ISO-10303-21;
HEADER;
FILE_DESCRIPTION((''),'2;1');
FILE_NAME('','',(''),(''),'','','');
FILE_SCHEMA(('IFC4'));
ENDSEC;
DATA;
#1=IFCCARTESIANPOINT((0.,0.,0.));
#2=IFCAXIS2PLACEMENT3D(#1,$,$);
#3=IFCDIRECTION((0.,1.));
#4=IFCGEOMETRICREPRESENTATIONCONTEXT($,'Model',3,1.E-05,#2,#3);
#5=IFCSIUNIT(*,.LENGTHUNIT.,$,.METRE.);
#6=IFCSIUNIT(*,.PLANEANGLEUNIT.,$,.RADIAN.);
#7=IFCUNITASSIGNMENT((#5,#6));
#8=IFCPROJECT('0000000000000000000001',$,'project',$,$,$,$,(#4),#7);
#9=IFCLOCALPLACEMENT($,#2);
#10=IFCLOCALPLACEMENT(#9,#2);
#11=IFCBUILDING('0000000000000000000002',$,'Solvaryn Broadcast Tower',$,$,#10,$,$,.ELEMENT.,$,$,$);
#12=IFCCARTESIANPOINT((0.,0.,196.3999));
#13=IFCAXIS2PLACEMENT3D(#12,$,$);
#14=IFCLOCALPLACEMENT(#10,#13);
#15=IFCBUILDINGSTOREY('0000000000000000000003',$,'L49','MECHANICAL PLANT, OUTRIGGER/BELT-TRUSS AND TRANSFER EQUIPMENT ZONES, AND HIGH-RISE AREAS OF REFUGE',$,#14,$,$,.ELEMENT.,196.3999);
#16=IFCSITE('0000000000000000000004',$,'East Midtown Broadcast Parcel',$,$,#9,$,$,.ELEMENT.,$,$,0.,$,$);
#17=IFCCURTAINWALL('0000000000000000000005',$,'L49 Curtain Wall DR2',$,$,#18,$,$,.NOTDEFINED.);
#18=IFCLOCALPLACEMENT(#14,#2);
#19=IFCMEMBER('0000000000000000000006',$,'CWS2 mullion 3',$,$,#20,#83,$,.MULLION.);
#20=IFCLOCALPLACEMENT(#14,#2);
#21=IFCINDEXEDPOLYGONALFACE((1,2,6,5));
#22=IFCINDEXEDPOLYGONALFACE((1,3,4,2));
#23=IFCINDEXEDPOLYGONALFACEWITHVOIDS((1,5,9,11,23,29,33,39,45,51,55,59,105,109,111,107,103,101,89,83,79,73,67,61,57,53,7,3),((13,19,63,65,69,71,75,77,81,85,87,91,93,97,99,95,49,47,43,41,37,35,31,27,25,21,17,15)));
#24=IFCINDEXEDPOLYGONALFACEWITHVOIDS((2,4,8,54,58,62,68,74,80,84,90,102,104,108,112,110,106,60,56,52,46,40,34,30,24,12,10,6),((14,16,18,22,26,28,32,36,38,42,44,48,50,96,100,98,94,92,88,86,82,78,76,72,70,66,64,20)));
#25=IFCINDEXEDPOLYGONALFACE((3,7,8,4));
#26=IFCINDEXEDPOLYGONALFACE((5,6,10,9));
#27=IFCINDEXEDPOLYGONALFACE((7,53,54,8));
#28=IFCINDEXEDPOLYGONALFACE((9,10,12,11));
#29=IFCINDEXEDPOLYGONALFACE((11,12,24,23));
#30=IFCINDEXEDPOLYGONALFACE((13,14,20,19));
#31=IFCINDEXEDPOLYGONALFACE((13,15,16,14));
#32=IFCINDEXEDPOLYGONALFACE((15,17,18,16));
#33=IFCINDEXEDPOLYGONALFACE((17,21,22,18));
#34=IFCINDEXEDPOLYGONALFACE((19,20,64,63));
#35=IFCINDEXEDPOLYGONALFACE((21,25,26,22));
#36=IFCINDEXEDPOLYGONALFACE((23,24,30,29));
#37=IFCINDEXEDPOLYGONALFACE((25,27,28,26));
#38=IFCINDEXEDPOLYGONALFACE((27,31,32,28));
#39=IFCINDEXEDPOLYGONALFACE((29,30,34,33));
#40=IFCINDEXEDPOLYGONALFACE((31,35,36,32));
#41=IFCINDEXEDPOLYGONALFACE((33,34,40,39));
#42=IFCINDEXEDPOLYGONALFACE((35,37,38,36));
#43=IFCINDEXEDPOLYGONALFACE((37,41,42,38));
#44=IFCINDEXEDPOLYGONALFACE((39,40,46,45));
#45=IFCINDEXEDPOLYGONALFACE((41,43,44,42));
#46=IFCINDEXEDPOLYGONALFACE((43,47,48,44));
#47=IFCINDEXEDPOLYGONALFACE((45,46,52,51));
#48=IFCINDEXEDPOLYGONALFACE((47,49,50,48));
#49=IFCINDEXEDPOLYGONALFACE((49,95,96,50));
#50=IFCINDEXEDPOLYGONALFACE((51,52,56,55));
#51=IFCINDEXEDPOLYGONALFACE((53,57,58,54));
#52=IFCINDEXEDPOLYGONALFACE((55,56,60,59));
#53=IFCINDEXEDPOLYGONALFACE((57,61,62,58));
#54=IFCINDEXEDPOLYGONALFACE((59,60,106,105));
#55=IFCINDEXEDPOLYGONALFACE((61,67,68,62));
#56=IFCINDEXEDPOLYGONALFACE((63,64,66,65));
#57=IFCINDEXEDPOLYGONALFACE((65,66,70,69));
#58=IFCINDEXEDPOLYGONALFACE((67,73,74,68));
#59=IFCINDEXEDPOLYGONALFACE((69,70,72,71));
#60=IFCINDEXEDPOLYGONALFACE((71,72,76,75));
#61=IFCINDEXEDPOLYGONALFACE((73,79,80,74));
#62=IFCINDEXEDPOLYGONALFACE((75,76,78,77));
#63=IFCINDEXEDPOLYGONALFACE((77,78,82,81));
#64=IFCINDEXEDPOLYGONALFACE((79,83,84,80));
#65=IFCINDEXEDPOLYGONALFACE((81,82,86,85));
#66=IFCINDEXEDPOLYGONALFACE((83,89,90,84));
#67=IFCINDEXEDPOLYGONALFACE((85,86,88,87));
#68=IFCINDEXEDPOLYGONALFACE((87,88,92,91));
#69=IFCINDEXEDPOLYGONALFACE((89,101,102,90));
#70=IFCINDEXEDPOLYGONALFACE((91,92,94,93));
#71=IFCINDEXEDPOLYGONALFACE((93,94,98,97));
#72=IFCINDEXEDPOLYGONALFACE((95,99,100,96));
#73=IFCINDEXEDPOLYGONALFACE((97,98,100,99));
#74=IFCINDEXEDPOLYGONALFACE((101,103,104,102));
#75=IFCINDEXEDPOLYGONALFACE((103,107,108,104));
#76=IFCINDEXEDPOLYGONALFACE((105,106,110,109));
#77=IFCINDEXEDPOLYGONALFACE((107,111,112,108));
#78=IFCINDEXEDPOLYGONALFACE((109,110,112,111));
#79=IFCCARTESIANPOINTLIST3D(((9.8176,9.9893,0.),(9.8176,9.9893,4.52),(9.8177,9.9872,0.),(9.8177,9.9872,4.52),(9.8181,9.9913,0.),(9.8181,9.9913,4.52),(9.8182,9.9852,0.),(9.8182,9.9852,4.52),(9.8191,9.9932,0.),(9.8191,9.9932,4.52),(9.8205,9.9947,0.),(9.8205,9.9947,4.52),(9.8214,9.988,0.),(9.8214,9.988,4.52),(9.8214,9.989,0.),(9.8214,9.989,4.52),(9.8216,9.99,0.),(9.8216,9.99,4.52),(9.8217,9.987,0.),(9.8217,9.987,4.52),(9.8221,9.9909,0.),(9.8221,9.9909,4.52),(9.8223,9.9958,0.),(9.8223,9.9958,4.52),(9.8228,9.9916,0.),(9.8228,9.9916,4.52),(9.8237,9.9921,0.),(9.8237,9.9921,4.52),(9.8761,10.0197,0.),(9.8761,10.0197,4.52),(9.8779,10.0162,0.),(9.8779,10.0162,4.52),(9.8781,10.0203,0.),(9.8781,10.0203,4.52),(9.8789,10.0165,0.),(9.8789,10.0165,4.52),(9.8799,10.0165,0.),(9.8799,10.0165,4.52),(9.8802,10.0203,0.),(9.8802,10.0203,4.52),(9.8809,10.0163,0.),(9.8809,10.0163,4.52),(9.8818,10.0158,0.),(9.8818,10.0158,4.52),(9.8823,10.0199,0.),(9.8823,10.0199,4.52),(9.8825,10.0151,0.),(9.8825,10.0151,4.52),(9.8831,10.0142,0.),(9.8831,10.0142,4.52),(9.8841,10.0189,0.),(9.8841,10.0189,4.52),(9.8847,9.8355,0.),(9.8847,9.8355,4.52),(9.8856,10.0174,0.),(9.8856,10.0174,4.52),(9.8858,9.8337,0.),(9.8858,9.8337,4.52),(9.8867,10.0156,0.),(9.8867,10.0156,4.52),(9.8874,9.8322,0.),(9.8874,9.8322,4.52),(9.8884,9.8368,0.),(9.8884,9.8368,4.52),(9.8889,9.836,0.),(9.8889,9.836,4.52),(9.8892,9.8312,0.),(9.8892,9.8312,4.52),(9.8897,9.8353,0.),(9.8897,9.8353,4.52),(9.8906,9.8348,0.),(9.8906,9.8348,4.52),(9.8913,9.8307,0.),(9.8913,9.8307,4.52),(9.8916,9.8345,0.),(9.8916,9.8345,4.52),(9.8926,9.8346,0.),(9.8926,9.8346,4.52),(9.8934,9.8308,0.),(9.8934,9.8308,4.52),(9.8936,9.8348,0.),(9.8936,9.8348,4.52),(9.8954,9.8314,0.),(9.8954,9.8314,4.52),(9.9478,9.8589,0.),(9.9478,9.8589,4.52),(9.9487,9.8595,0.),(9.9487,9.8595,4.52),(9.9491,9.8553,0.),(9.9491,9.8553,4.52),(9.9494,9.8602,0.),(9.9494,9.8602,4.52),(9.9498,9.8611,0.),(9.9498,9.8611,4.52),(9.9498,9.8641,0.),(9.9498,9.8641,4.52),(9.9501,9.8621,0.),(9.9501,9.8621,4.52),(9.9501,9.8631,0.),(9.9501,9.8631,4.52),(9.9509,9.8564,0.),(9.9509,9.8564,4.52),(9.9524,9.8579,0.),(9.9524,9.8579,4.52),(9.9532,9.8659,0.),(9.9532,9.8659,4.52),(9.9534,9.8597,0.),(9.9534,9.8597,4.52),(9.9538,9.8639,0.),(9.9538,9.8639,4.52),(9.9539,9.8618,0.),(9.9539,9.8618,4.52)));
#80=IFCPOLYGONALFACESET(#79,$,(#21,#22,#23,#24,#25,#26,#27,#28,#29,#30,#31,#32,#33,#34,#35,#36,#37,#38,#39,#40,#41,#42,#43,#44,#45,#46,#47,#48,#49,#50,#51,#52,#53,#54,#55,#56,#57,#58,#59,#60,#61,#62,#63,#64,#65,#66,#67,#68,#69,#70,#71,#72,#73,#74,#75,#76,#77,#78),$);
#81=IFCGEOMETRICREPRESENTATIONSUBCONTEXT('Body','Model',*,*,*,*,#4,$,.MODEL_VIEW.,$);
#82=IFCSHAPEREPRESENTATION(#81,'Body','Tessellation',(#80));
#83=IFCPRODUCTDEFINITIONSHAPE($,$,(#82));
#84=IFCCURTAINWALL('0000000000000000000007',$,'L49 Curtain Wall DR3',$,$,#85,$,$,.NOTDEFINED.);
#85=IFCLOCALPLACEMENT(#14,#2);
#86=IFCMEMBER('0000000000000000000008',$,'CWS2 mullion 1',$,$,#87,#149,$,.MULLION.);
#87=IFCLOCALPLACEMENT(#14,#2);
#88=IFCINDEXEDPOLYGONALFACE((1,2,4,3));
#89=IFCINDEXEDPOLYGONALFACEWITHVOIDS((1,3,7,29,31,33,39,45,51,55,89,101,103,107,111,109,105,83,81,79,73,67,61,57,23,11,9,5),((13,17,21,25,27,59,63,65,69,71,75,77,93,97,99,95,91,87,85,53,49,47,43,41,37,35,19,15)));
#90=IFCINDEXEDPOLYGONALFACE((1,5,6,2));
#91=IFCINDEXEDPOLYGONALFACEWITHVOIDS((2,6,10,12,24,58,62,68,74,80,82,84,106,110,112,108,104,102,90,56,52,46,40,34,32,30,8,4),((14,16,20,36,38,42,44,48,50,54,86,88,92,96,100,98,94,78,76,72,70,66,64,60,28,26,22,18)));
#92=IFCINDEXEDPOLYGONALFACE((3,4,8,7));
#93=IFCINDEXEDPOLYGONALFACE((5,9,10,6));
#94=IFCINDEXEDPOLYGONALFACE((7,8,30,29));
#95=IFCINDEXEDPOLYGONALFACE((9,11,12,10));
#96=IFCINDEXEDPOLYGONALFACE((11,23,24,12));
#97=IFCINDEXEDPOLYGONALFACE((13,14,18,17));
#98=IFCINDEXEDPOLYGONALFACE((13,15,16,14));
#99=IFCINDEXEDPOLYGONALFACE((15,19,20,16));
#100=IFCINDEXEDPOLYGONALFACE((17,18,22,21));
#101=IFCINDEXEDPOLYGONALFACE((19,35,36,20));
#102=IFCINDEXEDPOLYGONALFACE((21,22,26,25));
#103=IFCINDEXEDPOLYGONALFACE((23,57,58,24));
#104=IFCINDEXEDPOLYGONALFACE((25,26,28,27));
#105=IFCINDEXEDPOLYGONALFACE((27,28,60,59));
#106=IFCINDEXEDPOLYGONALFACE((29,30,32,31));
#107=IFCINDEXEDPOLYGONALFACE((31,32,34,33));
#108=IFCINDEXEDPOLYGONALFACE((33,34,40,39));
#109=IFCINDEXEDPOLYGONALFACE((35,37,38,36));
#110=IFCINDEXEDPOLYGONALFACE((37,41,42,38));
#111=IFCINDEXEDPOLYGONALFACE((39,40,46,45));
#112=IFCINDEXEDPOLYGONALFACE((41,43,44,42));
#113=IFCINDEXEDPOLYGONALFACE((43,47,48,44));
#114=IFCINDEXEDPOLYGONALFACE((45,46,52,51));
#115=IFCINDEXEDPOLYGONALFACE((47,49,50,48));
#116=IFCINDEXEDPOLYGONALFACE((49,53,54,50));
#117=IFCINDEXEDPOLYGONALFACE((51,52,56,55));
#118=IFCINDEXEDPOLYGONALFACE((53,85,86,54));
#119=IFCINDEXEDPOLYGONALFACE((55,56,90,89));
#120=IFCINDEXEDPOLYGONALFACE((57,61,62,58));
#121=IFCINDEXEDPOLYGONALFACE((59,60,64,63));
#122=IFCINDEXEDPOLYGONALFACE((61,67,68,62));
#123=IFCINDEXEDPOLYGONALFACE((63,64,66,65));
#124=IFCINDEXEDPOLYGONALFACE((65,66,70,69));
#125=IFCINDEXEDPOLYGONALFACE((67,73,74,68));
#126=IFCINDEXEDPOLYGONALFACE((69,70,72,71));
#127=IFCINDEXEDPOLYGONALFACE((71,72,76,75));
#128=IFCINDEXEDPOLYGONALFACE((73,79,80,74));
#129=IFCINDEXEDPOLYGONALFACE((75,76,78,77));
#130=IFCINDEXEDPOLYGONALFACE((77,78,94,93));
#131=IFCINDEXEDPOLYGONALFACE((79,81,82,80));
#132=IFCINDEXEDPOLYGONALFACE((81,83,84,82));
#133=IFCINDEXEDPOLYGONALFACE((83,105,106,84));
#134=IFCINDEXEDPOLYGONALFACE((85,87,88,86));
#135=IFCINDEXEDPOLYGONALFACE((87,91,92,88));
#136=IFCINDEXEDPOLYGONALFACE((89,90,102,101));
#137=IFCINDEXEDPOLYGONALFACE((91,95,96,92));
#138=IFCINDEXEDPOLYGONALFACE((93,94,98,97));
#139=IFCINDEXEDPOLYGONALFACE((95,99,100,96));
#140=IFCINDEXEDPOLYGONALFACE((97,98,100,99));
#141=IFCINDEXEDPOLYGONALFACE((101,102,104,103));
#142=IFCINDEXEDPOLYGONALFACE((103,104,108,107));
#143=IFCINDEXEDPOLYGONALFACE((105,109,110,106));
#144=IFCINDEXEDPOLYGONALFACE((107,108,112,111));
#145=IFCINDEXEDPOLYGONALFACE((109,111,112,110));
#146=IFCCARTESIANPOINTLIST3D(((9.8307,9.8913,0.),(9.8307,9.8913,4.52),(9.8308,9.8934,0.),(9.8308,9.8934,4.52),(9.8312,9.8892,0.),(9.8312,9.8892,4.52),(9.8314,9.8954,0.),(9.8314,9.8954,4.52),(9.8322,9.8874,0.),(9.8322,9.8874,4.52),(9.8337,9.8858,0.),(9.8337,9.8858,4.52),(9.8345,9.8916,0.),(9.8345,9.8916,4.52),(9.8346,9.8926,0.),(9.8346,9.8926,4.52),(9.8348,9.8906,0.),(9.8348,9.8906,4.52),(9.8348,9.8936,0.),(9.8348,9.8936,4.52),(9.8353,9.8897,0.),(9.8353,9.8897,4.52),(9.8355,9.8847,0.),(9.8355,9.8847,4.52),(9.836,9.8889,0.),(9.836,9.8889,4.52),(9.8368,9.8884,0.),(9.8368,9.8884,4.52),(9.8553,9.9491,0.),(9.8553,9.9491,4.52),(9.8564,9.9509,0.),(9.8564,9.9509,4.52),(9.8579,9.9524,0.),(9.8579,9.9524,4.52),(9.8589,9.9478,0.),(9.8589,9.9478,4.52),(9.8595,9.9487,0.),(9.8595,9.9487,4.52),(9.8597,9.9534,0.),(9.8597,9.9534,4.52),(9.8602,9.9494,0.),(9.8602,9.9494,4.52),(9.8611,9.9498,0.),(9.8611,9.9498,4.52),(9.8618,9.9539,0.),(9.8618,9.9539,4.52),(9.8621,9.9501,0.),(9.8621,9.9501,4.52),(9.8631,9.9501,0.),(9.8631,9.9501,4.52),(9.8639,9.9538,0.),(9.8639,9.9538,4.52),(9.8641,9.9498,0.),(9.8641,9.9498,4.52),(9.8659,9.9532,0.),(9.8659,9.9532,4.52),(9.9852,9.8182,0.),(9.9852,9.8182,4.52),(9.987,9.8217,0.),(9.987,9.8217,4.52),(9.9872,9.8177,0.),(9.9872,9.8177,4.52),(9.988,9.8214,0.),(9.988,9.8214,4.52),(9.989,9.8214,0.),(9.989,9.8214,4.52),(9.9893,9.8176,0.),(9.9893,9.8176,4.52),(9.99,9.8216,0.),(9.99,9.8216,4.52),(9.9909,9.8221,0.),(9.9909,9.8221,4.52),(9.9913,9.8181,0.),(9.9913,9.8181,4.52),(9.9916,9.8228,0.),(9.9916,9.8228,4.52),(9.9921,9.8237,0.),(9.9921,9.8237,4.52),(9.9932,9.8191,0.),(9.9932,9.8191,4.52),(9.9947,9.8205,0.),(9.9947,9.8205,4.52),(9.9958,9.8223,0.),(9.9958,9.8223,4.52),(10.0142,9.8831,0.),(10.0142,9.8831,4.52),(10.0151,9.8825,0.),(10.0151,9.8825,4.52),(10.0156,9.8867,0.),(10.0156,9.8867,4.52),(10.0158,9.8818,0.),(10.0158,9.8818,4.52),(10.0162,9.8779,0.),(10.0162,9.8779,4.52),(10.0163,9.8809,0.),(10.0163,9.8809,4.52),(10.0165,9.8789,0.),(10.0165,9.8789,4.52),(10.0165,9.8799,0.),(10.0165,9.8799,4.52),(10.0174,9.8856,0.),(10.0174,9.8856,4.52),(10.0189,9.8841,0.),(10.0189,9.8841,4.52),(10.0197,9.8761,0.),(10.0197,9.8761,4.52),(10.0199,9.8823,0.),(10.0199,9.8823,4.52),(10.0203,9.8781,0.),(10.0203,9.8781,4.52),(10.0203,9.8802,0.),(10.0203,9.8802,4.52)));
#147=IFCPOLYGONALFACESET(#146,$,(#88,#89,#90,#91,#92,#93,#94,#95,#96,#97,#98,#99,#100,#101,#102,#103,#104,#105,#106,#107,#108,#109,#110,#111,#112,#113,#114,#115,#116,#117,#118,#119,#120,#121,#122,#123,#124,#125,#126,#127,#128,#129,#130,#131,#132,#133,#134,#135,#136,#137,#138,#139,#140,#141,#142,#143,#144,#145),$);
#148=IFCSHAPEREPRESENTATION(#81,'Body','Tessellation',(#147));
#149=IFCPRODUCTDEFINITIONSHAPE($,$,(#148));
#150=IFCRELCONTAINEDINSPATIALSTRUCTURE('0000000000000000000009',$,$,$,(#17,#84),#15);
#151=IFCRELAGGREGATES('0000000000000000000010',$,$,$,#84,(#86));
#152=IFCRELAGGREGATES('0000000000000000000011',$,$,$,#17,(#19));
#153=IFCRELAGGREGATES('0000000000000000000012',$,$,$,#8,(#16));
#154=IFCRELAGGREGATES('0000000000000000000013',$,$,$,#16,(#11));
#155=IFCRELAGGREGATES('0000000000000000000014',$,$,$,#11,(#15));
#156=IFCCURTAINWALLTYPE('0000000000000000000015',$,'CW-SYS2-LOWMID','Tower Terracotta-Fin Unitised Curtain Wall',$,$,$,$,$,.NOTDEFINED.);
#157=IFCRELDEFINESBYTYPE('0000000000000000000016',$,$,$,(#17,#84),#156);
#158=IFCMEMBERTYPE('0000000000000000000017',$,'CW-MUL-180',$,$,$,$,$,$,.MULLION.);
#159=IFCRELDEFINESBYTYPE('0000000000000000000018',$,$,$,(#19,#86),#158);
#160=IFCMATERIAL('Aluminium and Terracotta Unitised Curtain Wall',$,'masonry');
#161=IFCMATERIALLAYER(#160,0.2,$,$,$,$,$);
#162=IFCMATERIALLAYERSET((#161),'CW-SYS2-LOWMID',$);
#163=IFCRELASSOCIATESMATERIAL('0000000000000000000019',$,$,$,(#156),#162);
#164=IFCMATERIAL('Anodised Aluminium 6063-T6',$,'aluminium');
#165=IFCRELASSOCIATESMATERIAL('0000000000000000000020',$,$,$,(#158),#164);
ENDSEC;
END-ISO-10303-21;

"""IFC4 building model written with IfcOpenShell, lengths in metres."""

from ifc_helpers import new_model, si_unit, direction, frame, origin, origin_2d, place, context, subcontext, project, spatial, hollow_rectangle, extrude, material, layer, layer_set, material_profile, profile_set, type_object, element, aggregate, save


model = new_model("IFC4")

# Units and contexts
model_context = context("Model", 3, precision=1e-05, world=origin(), true_north=direction((0.0, 1.0)))
body_context = subcontext(model_context, "Body", "Model", "MODEL_VIEW")
ifc_project = project(units=[si_unit("LENGTHUNIT", "METRE"), si_unit("PLANEANGLEUNIT", "RADIAN")], contexts=[model_context])

# Site, building, storey
site_placement = place(None, origin())
site = spatial("IfcSite", under=ifc_project, at=site_placement, Name="East Midtown Broadcast Parcel", CompositionType="ELEMENT", RefElevation=0.0)
building_placement = place(site_placement, origin())
building = spatial("IfcBuilding", under=site, at=building_placement, Name="Solvaryn Broadcast Tower", CompositionType="ELEMENT")
storey_placement = place(building_placement, frame((0.0, 0.0, 196.3999)))
storey = spatial("IfcBuildingStorey", under=building, at=storey_placement, Name="L49", Description="MECHANICAL PLANT, OUTRIGGER/BELT-TRUSS AND TRANSFER EQUIPMENT ZONES, AND HIGH-RISE AREAS OF REFUGE", CompositionType="ELEMENT", Elevation=196.3999)

# Curtain wall, member
ifc_material_1 = material(Name="Aluminium and Terracotta Unitised Curtain Wall", Category="masonry")
ifc_layer_1 = layer(ifc_material_1, 0.2)
ifc_layer_set_1 = layer_set([ifc_layer_1], Name="CW-SYS2-LOWMID")
curtain_wall_type = type_object("IfcCurtainWallType", Name="CW-SYS2-LOWMID", Description="Tower Terracotta-Fin Unitised Curtain Wall", PredefinedType="NOTDEFINED", material=ifc_layer_set_1)
curtain_wall_1_placement = place(storey_placement, origin())
curtain_wall_1 = element("IfcCurtainWall", 1, at=curtain_wall_1_placement, inside=storey, type_object=curtain_wall_type, Name="L49 Curtain Wall DR2", PredefinedType="NOTDEFINED")
ifc_material_2 = material(Name="Anodised Aluminium 6063-T6", Category="aluminium")
ifc_material_profile_1 = material_profile(ifc_material_2, hollow_rectangle(XDim=0.075, YDim=0.1799, WallThickness=0.0039, InnerFilletRadius=0.0039, OuterFilletRadius=0.0081, at=origin_2d()))
ifc_profile_set_1 = profile_set([ifc_material_profile_1], Name="Anodised Aluminium 6063-T6")
member_type_1 = type_object("IfcMemberType", Name="CW-MUL-180", PredefinedType="MULLION", material=ifc_profile_set_1)
member_1_placement = place(storey_placement, frame((9.8857, 9.9255, 0.0), z_axis=(0.0, 0.0, 1.0), x_axis=(0.913917, 0.405901, 0.0)))
member_1 = element("IfcMember", 2, at=member_1_placement, type_object=member_type_1, Name="CWS2 mullion 3", PredefinedType="MULLION", context=body_context, shape_type="SweptSolid", body=[
    extrude(hollow_rectangle(XDim=0.075, YDim=0.1799, WallThickness=0.0039, InnerFilletRadius=0.0039, OuterFilletRadius=0.0081, at=origin_2d()), origin(), (0.0, 0.0, 1.0), 4.52),
])

# Curtain wall, member
curtain_wall_2_placement = place(storey_placement, origin())
curtain_wall_2 = element("IfcCurtainWall", 3, at=curtain_wall_2_placement, inside=storey, type_object=curtain_wall_type, Name="L49 Curtain Wall DR3", PredefinedType="NOTDEFINED")
member_2_placement = place(storey_placement, frame((9.9255, 9.8857, 0.0), z_axis=(0.0, 0.0, 1.0), x_axis=(0.405901, 0.913917, 0.0)))
member_2 = element("IfcMember", 4, at=member_2_placement, type_object=member_type_1, Name="CWS2 mullion 1", PredefinedType="MULLION", context=body_context, shape_type="SweptSolid", body=[
    extrude(hollow_rectangle(XDim=0.075, YDim=0.1799, WallThickness=0.0039, InnerFilletRadius=0.0039, OuterFilletRadius=0.0081, at=origin_2d()), origin(), (0.0, 0.0, 1.0), 4.52),
])
aggregate(curtain_wall_2, [member_2])

aggregate(curtain_wall_1, [member_1])

save(model, "model.ifc")
